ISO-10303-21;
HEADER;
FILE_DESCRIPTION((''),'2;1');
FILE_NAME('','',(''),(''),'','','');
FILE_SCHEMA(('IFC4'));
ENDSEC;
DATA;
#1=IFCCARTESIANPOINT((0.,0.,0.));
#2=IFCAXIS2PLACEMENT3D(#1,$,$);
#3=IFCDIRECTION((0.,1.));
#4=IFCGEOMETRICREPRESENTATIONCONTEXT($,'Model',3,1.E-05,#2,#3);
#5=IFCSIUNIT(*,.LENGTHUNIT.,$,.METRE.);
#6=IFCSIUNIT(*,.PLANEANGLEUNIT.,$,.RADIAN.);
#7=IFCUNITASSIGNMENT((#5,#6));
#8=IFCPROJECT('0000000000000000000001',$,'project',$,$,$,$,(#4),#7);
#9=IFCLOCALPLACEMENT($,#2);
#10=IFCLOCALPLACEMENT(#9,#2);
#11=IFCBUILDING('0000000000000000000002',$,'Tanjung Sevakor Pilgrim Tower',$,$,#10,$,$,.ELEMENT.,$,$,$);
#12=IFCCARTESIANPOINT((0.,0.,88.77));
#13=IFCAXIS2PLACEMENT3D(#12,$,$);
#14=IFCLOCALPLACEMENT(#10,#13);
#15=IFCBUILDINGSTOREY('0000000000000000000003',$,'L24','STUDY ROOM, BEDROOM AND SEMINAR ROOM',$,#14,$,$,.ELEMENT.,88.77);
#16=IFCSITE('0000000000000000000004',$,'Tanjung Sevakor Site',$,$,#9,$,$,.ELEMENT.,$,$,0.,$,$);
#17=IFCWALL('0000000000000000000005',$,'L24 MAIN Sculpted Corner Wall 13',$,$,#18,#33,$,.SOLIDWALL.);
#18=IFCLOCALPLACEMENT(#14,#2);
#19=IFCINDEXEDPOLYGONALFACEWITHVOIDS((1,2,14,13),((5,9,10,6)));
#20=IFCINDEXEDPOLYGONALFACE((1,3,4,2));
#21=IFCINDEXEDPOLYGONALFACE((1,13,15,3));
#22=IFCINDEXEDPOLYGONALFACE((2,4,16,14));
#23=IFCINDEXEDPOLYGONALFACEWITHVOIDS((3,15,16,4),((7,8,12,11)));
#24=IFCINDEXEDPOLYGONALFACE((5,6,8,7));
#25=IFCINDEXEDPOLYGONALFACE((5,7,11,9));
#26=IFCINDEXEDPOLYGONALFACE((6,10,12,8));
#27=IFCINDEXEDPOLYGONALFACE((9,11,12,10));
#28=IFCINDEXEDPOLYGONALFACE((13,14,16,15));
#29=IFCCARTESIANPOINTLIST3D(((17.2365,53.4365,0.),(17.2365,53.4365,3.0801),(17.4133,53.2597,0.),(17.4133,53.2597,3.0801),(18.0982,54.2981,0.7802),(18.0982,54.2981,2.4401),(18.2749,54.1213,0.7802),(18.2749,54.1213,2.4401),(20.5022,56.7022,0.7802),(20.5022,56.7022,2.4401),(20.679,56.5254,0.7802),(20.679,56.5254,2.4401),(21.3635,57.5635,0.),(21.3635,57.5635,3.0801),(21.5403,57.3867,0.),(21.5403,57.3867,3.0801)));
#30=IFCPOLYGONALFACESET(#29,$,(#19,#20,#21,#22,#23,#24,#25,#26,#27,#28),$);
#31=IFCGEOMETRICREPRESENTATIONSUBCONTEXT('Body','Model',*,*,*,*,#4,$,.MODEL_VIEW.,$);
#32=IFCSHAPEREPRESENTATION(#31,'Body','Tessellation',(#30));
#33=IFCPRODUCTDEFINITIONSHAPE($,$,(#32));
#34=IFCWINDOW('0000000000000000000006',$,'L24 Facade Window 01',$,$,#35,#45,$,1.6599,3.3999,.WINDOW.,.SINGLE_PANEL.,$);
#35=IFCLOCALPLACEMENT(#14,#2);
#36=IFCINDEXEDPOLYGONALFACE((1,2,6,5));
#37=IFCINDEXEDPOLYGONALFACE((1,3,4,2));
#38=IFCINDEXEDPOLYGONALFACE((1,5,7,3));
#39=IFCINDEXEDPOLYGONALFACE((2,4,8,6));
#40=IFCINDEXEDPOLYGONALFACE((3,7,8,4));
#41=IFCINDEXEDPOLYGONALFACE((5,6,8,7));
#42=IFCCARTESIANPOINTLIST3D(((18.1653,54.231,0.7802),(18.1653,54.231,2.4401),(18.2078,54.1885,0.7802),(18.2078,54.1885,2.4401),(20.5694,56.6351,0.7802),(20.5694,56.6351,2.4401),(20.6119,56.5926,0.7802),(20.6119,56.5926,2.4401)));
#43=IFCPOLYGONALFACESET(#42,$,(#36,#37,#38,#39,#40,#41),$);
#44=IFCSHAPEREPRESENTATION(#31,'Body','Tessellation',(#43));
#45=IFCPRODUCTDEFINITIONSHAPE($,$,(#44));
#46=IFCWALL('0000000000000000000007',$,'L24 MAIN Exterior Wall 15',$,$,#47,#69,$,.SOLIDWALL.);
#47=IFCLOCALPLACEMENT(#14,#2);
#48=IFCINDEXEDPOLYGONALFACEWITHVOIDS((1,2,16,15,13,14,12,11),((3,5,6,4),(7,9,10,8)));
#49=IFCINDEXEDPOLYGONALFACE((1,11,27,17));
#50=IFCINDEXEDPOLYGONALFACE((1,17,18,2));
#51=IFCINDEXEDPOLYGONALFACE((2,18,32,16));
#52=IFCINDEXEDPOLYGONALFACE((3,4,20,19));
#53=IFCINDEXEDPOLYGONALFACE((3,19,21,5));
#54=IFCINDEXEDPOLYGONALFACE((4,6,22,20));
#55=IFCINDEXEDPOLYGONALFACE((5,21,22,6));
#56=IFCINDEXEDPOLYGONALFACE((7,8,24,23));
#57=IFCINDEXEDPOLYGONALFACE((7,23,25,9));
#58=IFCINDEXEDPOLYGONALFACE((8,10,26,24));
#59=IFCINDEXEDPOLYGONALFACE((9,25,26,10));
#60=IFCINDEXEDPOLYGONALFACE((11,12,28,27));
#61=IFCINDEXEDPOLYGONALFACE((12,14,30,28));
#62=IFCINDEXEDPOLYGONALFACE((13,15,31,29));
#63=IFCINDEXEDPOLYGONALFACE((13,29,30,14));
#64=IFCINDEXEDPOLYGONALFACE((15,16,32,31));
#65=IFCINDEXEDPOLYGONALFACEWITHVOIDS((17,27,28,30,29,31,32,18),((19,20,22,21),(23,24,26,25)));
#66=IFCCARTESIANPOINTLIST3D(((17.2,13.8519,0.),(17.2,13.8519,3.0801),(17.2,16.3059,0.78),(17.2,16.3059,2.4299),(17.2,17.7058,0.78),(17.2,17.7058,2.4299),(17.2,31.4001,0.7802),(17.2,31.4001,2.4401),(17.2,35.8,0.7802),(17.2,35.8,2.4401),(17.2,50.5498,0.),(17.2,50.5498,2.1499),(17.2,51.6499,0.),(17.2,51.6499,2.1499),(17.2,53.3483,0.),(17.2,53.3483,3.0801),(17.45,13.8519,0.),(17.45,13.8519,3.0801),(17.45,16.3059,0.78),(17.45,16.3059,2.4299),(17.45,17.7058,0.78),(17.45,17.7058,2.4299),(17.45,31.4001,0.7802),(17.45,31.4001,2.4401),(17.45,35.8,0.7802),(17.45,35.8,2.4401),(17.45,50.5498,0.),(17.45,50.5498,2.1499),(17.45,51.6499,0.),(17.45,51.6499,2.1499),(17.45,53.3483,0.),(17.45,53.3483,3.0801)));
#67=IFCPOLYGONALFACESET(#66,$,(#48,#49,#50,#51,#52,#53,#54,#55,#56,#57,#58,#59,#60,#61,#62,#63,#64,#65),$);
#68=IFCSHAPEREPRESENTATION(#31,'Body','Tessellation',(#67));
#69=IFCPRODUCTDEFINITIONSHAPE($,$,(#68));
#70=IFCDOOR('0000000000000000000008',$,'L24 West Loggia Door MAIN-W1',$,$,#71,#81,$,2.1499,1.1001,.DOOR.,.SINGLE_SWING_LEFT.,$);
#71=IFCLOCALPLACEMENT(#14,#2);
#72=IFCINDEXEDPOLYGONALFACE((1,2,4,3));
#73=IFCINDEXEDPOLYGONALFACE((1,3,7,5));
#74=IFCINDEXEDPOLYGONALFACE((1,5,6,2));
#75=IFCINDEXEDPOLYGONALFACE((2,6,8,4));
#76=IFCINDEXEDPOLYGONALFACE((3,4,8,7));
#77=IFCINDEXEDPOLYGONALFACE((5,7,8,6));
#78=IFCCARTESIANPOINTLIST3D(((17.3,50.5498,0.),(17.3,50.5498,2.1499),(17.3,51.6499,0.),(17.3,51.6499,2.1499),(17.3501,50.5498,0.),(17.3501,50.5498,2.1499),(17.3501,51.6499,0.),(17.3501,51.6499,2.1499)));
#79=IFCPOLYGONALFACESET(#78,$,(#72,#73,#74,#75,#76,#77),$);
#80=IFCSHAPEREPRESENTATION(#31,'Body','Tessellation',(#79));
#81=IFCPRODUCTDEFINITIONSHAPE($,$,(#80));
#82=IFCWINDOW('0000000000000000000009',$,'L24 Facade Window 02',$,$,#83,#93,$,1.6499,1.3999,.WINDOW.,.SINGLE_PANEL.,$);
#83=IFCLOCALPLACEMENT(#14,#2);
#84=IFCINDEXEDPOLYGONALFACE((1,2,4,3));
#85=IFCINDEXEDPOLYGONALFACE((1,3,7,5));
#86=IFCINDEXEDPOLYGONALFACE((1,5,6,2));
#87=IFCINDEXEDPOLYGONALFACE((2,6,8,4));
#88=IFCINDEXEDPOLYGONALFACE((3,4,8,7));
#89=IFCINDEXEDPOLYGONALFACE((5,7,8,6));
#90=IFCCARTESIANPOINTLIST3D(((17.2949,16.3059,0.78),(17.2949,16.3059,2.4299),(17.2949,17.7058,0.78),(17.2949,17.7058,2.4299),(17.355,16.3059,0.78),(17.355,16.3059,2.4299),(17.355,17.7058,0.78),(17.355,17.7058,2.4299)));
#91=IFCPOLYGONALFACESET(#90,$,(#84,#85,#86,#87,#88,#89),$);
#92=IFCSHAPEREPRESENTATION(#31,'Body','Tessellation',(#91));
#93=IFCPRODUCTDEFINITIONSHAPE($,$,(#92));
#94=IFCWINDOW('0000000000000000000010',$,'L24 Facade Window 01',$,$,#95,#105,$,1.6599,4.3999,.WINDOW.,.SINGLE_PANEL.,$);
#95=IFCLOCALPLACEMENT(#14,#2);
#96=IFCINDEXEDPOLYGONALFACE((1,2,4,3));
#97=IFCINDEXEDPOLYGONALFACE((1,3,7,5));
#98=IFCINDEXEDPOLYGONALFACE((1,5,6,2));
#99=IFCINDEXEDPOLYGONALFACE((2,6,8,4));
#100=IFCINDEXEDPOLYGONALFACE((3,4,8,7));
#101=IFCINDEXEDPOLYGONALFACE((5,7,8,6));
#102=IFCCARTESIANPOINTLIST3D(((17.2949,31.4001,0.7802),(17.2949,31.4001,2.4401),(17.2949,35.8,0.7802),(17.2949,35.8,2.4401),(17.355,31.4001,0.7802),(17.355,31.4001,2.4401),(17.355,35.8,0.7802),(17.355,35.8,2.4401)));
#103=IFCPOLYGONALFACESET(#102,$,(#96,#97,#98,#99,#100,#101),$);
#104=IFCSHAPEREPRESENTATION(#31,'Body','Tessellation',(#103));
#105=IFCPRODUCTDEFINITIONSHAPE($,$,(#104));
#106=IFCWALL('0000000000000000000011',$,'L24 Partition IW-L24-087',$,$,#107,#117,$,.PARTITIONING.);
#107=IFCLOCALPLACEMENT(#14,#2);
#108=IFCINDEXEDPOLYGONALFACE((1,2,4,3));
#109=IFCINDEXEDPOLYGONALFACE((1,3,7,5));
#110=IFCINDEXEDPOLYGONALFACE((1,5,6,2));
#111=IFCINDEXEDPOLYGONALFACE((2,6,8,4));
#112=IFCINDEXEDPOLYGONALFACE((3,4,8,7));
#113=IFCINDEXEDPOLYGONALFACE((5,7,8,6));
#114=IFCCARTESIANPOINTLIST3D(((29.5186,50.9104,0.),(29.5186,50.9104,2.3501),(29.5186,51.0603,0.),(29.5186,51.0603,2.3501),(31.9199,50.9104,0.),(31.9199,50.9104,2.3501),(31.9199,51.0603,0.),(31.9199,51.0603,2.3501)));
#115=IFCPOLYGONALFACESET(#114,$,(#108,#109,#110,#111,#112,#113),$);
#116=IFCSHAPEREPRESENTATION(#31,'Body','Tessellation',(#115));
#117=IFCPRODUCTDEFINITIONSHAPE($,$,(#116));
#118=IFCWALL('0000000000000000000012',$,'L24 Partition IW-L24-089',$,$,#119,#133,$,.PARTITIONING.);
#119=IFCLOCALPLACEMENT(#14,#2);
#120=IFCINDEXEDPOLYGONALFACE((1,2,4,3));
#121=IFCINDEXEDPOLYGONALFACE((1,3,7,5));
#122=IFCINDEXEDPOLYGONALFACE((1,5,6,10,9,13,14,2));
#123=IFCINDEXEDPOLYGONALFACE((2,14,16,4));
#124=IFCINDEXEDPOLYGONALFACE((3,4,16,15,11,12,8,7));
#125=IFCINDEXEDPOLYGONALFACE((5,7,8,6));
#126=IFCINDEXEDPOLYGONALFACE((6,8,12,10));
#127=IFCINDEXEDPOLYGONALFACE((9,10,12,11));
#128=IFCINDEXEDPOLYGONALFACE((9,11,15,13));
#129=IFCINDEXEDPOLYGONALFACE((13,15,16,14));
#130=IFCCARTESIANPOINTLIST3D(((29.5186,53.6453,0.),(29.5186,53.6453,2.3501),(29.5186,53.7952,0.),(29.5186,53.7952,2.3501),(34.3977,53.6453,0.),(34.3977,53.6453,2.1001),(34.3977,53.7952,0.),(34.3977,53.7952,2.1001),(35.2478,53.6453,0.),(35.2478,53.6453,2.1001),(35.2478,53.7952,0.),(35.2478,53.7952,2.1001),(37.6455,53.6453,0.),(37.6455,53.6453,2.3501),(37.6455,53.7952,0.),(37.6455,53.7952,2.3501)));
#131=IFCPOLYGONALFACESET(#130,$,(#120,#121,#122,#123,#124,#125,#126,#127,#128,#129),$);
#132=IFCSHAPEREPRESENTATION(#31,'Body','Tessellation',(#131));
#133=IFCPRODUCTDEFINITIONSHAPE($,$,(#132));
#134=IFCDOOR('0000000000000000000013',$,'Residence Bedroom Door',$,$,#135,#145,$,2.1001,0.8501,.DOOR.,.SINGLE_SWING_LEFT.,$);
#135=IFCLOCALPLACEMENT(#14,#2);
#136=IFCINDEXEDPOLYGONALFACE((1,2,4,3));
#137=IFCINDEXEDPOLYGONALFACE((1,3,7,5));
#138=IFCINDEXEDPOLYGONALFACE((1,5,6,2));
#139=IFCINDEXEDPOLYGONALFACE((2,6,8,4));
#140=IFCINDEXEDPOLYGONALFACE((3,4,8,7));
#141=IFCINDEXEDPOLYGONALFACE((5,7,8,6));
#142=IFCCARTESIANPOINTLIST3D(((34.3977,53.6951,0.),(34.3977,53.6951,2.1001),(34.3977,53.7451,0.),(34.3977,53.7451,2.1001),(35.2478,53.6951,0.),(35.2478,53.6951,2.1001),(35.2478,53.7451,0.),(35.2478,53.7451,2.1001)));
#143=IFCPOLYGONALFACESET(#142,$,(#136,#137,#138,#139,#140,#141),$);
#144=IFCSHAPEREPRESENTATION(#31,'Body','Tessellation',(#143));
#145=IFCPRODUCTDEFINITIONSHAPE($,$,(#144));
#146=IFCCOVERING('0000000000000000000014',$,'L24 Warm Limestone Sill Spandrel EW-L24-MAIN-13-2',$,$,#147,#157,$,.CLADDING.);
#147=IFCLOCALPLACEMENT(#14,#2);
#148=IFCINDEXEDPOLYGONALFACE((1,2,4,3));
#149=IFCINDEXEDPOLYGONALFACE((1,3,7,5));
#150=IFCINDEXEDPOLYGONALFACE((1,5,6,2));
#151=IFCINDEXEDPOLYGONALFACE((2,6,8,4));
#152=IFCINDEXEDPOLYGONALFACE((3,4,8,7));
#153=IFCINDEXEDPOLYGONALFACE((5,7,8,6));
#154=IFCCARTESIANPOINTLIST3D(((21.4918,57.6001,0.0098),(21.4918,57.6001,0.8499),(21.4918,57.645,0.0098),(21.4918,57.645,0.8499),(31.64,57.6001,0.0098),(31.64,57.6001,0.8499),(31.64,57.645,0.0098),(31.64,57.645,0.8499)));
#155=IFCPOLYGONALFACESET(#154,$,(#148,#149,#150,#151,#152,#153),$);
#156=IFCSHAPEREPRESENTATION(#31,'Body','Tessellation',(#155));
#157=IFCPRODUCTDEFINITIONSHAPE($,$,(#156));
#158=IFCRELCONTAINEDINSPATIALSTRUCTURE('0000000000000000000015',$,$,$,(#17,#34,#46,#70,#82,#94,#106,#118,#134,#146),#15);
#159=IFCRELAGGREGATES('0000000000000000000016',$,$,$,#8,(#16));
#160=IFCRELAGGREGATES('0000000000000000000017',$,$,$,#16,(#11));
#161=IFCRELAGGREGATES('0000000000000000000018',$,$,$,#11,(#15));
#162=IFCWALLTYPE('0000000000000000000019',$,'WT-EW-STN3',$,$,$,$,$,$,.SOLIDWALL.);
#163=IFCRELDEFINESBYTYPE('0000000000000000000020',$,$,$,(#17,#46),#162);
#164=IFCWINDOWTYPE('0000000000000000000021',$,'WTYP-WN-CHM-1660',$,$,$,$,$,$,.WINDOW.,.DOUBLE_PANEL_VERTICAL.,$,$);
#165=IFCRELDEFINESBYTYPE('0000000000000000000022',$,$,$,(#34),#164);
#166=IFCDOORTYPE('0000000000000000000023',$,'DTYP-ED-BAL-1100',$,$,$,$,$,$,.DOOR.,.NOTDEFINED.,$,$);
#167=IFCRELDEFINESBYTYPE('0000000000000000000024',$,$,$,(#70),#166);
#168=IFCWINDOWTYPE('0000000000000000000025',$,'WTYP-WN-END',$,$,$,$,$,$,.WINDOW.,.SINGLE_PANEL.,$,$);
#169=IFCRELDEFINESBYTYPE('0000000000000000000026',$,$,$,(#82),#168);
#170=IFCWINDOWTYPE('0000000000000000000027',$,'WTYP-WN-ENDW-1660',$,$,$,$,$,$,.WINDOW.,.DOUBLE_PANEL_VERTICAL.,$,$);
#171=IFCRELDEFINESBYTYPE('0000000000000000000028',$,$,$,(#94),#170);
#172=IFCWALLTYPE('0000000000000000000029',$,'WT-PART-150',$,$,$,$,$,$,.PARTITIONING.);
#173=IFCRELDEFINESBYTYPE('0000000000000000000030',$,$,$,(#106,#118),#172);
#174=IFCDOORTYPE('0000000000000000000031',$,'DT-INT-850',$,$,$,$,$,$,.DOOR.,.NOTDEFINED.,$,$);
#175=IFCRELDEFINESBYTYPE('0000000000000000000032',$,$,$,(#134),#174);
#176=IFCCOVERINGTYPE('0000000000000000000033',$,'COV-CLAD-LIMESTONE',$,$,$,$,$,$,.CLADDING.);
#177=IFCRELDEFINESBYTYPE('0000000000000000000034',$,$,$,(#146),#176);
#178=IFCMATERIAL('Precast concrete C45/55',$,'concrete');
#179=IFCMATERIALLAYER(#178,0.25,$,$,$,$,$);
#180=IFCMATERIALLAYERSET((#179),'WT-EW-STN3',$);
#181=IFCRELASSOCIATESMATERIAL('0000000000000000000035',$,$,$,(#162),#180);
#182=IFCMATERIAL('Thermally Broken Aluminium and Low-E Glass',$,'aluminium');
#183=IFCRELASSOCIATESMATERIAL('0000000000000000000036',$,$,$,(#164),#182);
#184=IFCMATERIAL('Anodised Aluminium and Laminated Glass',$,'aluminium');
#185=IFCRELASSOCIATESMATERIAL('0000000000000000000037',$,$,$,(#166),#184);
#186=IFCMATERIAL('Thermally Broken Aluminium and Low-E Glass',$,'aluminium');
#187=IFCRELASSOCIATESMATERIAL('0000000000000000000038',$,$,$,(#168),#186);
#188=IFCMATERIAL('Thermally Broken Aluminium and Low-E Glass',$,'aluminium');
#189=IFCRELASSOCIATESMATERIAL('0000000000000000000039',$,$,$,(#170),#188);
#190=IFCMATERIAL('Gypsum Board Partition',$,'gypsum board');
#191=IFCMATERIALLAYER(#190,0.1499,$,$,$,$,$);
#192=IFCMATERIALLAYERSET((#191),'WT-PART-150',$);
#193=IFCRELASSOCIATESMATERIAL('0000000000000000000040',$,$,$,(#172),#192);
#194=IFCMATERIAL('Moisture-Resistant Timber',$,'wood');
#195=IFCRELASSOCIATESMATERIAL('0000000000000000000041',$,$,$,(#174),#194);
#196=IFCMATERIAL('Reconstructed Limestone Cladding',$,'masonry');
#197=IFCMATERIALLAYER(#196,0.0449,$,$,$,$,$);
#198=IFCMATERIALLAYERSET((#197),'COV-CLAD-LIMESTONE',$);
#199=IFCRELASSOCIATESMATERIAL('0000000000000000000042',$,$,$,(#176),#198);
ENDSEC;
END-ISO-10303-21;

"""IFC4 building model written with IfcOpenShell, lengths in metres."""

from ifc_helpers import new_model, si_unit, direction, frame, frame_2d, origin, origin_2d, place, context, subcontext, project, spatial, rectangle, extrude, material, layer, layer_set, type_object, element, fill, save


model = new_model("IFC4")

# Units and contexts
model_context = context("Model", 3, precision=1e-05, world=origin(), true_north=direction((0.0, 1.0)))
body_context = subcontext(model_context, "Body", "Model", "MODEL_VIEW")
ifc_project = project(units=[si_unit("LENGTHUNIT", "METRE"), si_unit("PLANEANGLEUNIT", "RADIAN")], contexts=[model_context])

# Site, building, storey
site_placement = place(None, origin())
site = spatial("IfcSite", under=ifc_project, at=site_placement, Name="Tanjung Sevakor Site", CompositionType="ELEMENT", RefElevation=0.0)
building_placement = place(site_placement, origin())
building = spatial("IfcBuilding", under=site, at=building_placement, Name="Tanjung Sevakor Pilgrim Tower", CompositionType="ELEMENT")
storey_placement = place(building_placement, frame((0.0, 0.0, 88.77)))
storey = spatial("IfcBuildingStorey", under=building, at=storey_placement, Name="L24", Description="STUDY ROOM, BEDROOM AND SEMINAR ROOM", CompositionType="ELEMENT", Elevation=88.77)

# Wall, opening, window
ifc_material_1 = material(Name="Precast concrete C45/55", Category="concrete")
ifc_layer_1 = layer(ifc_material_1, 0.25)
ifc_layer_set_1 = layer_set([ifc_layer_1], Name="WT-EW-STN3")
wall_type_1 = type_object("IfcWallType", Name="WT-EW-STN3", PredefinedType="SOLIDWALL", material=ifc_layer_set_1)
wall_1_placement = place(storey_placement, frame((21.4519, 57.4751, 0.0), z_axis=(0.0, 0.0, 1.0), x_axis=(-0.707107, -0.707107, 0.0)))
wall_1 = element("IfcWall", 1, at=wall_1_placement, inside=storey, type_object=wall_type_1, Name="L24 MAIN Sculpted Corner Wall 13", PredefinedType="SOLIDWALL", context=body_context, shape_type="SweptSolid", body=[
    extrude(rectangle(XDim=5.8364, YDim=0.25, at=frame_2d((2.9182, 0.0))), origin(), (0.0, 0.0, 1.0), 3.0801),
])
opening_1_placement = place(wall_1_placement, frame((1.218, 0.0, 0.78)))
opening_1 = element("IfcOpeningElement", 2, at=opening_1_placement, cuts=wall_1, PredefinedType="OPENING", context=body_context, shape_type="SweptSolid", body=[
    extrude(rectangle(XDim=3.3999, YDim=1.6599, at=frame_2d((1.7, 0.8301))), frame((0.0, 0.135, 0.0), z_axis=(0.0, -1.0, 0.0), x_axis=(1.0, 0.0, 0.0)), (0.0, 0.0, 1.0), 0.27),
])
ifc_material_2 = material(Name="Thermally Broken Aluminium and Low-E Glass", Category="aluminium")
window_type_1 = type_object("IfcWindowType", Name="WTYP-WN-CHM-1660", PartitioningType="DOUBLE_PANEL_VERTICAL", PredefinedType="WINDOW", material=ifc_material_2)
window_1_placement = place(opening_1_placement, origin())
window_1 = element("IfcWindow", 3, at=window_1_placement, inside=storey, type_object=window_type_1, Name="L24 Facade Window 01", OverallHeight=1.6599, OverallWidth=3.3999, PartitioningType="SINGLE_PANEL", PredefinedType="WINDOW", context=body_context, shape_type="SweptSolid", body=[
    extrude(rectangle(XDim=3.3999, YDim=1.6599, at=frame_2d((1.7, 0.8301))), frame((0.0, 0.03, 0.0), z_axis=(0.0, -1.0, 0.0), x_axis=(1.0, 0.0, 0.0)), (0.0, 0.0, 1.0), 0.0601),
])
fill(opening_1, window_1)

# Wall, openings, door, windows
wall_2_placement = place(storey_placement, frame((17.325, 53.3481, 0.0), z_axis=(0.0, 0.0, 1.0), x_axis=(0.0, -1.0, 0.0)))
wall_2 = element("IfcWall", 4, at=wall_2_placement, inside=storey, type_object=wall_type_1, Name="L24 MAIN Exterior Wall 15", PredefinedType="SOLIDWALL", context=body_context, shape_type="SweptSolid", body=[
    extrude(rectangle(XDim=39.4963, YDim=0.25, at=frame_2d((19.748, 0.0))), origin(), (0.0, 0.0, 1.0), 3.0801),
])
opening_2_placement = place(wall_2_placement, frame((1.6982, 0.0, 0.0)))
opening_2 = element("IfcOpeningElement", 5, at=opening_2_placement, cuts=wall_2, PredefinedType="OPENING", context=body_context, shape_type="SweptSolid", body=[
    extrude(rectangle(XDim=1.1001, YDim=2.1499, at=frame_2d((0.55, 1.075))), frame((0.0, 0.135, 0.0), z_axis=(0.0, -1.0, 0.0), x_axis=(1.0, 0.0, 0.0)), (0.0, 0.0, 1.0), 0.27),
])
opening_3_placement = place(wall_2_placement, frame((17.5481, 0.0, 0.78)))
opening_3 = element("IfcOpeningElement", 6, at=opening_3_placement, cuts=wall_2, PredefinedType="OPENING", context=body_context, shape_type="SweptSolid", body=[
    extrude(rectangle(XDim=4.3999, YDim=1.6599, at=frame_2d((2.2, 0.8301))), frame((0.0, 0.135, 0.0), z_axis=(0.0, -1.0, 0.0), x_axis=(1.0, 0.0, 0.0)), (0.0, 0.0, 1.0), 0.27),
])
opening_4_placement = place(wall_2_placement, frame((35.6423, 0.0, 0.78)))
opening_4 = element("IfcOpeningElement", 7, at=opening_4_placement, cuts=wall_2, PredefinedType="OPENING", context=body_context, shape_type="SweptSolid", body=[
    extrude(rectangle(XDim=1.3999, YDim=1.6499, at=frame_2d((0.7, 0.825))), frame((0.0, 0.135, 0.0), z_axis=(0.0, -1.0, 0.0), x_axis=(1.0, 0.0, 0.0)), (0.0, 0.0, 1.0), 0.27),
])
ifc_material_3 = material(Name="Anodised Aluminium and Laminated Glass", Category="aluminium")
door_type_1 = type_object("IfcDoorType", Name="DTYP-ED-BAL-1100", OperationType="NOTDEFINED", PredefinedType="DOOR", material=ifc_material_3)
door_1_placement = place(opening_2_placement, frame((1.1001, 0.0, 0.0), z_axis=(0.0, 0.0, 1.0), x_axis=(-1.0, 0.0, 0.0)))
door_1 = element("IfcDoor", 8, at=door_1_placement, inside=storey, type_object=door_type_1, Name="L24 West Loggia Door MAIN-W1", OperationType="SINGLE_SWING_LEFT", OverallHeight=2.1499, OverallWidth=1.1001, PredefinedType="DOOR", context=body_context, shape_type="SweptSolid", body=[
    extrude(rectangle(XDim=1.1001, YDim=2.1499, at=frame_2d((0.55, 1.075))), frame((0.0, 0.0249, 0.0), z_axis=(0.0, -1.0, 0.0), x_axis=(1.0, 0.0, 0.0)), (0.0, 0.0, 1.0), 0.05),
])
fill(opening_2, door_1)
ifc_material_4 = material(Name="Thermally Broken Aluminium and Low-E Glass", Category="aluminium")
window_type_2 = type_object("IfcWindowType", Name="WTYP-WN-END", PartitioningType="SINGLE_PANEL", PredefinedType="WINDOW", material=ifc_material_4)
window_2_placement = place(opening_4_placement, origin())
window_2 = element("IfcWindow", 9, at=window_2_placement, inside=storey, type_object=window_type_2, Name="L24 Facade Window 02", OverallHeight=1.6499, OverallWidth=1.3999, PartitioningType="SINGLE_PANEL", PredefinedType="WINDOW", context=body_context, shape_type="SweptSolid", body=[
    extrude(rectangle(XDim=1.3999, YDim=1.6499, at=frame_2d((0.7, 0.825))), frame((0.0, 0.03, 0.0), z_axis=(0.0, -1.0, 0.0), x_axis=(1.0, 0.0, 0.0)), (0.0, 0.0, 1.0), 0.0601),
])
fill(opening_4, window_2)
ifc_material_5 = material(Name="Thermally Broken Aluminium and Low-E Glass", Category="aluminium")
window_type_3 = type_object("IfcWindowType", Name="WTYP-WN-ENDW-1660", PartitioningType="DOUBLE_PANEL_VERTICAL", PredefinedType="WINDOW", material=ifc_material_5)
window_3_placement = place(opening_3_placement, origin())
window_3 = element("IfcWindow", 10, at=window_3_placement, inside=storey, type_object=window_type_3, Name="L24 Facade Window 01", OverallHeight=1.6599, OverallWidth=4.3999, PartitioningType="SINGLE_PANEL", PredefinedType="WINDOW", context=body_context, shape_type="SweptSolid", body=[
    extrude(rectangle(XDim=4.3999, YDim=1.6599, at=frame_2d((2.2, 0.8301))), frame((0.0, 0.03, 0.0), z_axis=(0.0, -1.0, 0.0), x_axis=(1.0, 0.0, 0.0)), (0.0, 0.0, 1.0), 0.0601),
])
fill(opening_3, window_3)

# Wall
ifc_material_6 = material(Name="Gypsum Board Partition", Category="gypsum board")
ifc_layer_2 = layer(ifc_material_6, 0.1499)
ifc_layer_set_2 = layer_set([ifc_layer_2], Name="WT-PART-150")
wall_type_2 = type_object("IfcWallType", Name="WT-PART-150", PredefinedType="PARTITIONING", material=ifc_layer_set_2)
wall_3_placement = place(storey_placement, frame((29.5186, 50.9854, 0.0), z_axis=(0.0, 0.0, 1.0), x_axis=(1.0, 0.0, 0.0)))
element("IfcWall", 11, at=wall_3_placement, inside=storey, type_object=wall_type_2, Name="L24 Partition IW-L24-087", PredefinedType="PARTITIONING", context=body_context, shape_type="SweptSolid", body=[
    extrude(rectangle(XDim=2.4014, YDim=0.1499, at=frame_2d((1.2007, 0.0))), origin(), (0.0, 0.0, 1.0), 2.3501),
])

# Wall, opening, door
wall_4_placement = place(storey_placement, frame((29.5186, 53.7202, 0.0), z_axis=(0.0, 0.0, 1.0), x_axis=(1.0, 0.0, 0.0)))
wall_4 = element("IfcWall", 12, at=wall_4_placement, inside=storey, type_object=wall_type_2, Name="L24 Partition IW-L24-089", PredefinedType="PARTITIONING", context=body_context, shape_type="SweptSolid", body=[
    extrude(rectangle(XDim=8.127, YDim=0.1499, at=frame_2d((4.0635, 0.0))), origin(), (0.0, 0.0, 1.0), 2.3501),
])
opening_5_placement = place(wall_4_placement, frame((4.8792, 0.0, 0.0)))
opening_5 = element("IfcOpeningElement", 13, at=opening_5_placement, cuts=wall_4, PredefinedType="OPENING", context=body_context, shape_type="SweptSolid", body=[
    extrude(rectangle(XDim=0.8501, YDim=2.1001, at=frame_2d((0.425, 1.05))), frame((0.0, 0.085, 0.0), z_axis=(0.0, -1.0, 0.0), x_axis=(1.0, 0.0, 0.0)), (0.0, 0.0, 1.0), 0.1699),
])
ifc_material_7 = material(Name="Moisture-Resistant Timber", Category="wood")
door_type_2 = type_object("IfcDoorType", Name="DT-INT-850", OperationType="NOTDEFINED", PredefinedType="DOOR", material=ifc_material_7)
door_2_placement = place(opening_5_placement, origin())
door_2 = element("IfcDoor", 14, at=door_2_placement, inside=storey, type_object=door_type_2, Name="Residence Bedroom Door", OperationType="SINGLE_SWING_LEFT", OverallHeight=2.1001, OverallWidth=0.8501, PredefinedType="DOOR", context=body_context, shape_type="SweptSolid", body=[
    extrude(rectangle(XDim=0.8501, YDim=2.1001, at=frame_2d((0.425, 1.05))), frame((0.0, 0.0249, 0.0), z_axis=(0.0, -1.0, 0.0), x_axis=(1.0, 0.0, 0.0)), (0.0, 0.0, 1.0), 0.05),
])
fill(opening_5, door_2)

# Covering
ifc_material_8 = material(Name="Reconstructed Limestone Cladding", Category="masonry")
ifc_layer_3 = layer(ifc_material_8, 0.0449)
ifc_layer_set_3 = layer_set([ifc_layer_3], Name="COV-CLAD-LIMESTONE")
covering_type = type_object("IfcCoveringType", Name="COV-CLAD-LIMESTONE", PredefinedType="CLADDING", material=ifc_layer_set_3)
covering_1_placement = place(storey_placement, frame((26.5659, 57.6226, 0.0098), z_axis=(0.0, 0.0, 1.0), x_axis=(-1.0, 0.0, 0.0)))
element("IfcCovering", 15, at=covering_1_placement, inside=storey, type_object=covering_type, Name="L24 Warm Limestone Sill Spandrel EW-L24-MAIN-13-2", PredefinedType="CLADDING", context=body_context, shape_type="SweptSolid", body=[
    extrude(rectangle(XDim=10.1482, YDim=0.0449, at=origin_2d()), origin(), (0.0, 0.0, 1.0), 0.8401),
])

save(model, "model.ifc")
